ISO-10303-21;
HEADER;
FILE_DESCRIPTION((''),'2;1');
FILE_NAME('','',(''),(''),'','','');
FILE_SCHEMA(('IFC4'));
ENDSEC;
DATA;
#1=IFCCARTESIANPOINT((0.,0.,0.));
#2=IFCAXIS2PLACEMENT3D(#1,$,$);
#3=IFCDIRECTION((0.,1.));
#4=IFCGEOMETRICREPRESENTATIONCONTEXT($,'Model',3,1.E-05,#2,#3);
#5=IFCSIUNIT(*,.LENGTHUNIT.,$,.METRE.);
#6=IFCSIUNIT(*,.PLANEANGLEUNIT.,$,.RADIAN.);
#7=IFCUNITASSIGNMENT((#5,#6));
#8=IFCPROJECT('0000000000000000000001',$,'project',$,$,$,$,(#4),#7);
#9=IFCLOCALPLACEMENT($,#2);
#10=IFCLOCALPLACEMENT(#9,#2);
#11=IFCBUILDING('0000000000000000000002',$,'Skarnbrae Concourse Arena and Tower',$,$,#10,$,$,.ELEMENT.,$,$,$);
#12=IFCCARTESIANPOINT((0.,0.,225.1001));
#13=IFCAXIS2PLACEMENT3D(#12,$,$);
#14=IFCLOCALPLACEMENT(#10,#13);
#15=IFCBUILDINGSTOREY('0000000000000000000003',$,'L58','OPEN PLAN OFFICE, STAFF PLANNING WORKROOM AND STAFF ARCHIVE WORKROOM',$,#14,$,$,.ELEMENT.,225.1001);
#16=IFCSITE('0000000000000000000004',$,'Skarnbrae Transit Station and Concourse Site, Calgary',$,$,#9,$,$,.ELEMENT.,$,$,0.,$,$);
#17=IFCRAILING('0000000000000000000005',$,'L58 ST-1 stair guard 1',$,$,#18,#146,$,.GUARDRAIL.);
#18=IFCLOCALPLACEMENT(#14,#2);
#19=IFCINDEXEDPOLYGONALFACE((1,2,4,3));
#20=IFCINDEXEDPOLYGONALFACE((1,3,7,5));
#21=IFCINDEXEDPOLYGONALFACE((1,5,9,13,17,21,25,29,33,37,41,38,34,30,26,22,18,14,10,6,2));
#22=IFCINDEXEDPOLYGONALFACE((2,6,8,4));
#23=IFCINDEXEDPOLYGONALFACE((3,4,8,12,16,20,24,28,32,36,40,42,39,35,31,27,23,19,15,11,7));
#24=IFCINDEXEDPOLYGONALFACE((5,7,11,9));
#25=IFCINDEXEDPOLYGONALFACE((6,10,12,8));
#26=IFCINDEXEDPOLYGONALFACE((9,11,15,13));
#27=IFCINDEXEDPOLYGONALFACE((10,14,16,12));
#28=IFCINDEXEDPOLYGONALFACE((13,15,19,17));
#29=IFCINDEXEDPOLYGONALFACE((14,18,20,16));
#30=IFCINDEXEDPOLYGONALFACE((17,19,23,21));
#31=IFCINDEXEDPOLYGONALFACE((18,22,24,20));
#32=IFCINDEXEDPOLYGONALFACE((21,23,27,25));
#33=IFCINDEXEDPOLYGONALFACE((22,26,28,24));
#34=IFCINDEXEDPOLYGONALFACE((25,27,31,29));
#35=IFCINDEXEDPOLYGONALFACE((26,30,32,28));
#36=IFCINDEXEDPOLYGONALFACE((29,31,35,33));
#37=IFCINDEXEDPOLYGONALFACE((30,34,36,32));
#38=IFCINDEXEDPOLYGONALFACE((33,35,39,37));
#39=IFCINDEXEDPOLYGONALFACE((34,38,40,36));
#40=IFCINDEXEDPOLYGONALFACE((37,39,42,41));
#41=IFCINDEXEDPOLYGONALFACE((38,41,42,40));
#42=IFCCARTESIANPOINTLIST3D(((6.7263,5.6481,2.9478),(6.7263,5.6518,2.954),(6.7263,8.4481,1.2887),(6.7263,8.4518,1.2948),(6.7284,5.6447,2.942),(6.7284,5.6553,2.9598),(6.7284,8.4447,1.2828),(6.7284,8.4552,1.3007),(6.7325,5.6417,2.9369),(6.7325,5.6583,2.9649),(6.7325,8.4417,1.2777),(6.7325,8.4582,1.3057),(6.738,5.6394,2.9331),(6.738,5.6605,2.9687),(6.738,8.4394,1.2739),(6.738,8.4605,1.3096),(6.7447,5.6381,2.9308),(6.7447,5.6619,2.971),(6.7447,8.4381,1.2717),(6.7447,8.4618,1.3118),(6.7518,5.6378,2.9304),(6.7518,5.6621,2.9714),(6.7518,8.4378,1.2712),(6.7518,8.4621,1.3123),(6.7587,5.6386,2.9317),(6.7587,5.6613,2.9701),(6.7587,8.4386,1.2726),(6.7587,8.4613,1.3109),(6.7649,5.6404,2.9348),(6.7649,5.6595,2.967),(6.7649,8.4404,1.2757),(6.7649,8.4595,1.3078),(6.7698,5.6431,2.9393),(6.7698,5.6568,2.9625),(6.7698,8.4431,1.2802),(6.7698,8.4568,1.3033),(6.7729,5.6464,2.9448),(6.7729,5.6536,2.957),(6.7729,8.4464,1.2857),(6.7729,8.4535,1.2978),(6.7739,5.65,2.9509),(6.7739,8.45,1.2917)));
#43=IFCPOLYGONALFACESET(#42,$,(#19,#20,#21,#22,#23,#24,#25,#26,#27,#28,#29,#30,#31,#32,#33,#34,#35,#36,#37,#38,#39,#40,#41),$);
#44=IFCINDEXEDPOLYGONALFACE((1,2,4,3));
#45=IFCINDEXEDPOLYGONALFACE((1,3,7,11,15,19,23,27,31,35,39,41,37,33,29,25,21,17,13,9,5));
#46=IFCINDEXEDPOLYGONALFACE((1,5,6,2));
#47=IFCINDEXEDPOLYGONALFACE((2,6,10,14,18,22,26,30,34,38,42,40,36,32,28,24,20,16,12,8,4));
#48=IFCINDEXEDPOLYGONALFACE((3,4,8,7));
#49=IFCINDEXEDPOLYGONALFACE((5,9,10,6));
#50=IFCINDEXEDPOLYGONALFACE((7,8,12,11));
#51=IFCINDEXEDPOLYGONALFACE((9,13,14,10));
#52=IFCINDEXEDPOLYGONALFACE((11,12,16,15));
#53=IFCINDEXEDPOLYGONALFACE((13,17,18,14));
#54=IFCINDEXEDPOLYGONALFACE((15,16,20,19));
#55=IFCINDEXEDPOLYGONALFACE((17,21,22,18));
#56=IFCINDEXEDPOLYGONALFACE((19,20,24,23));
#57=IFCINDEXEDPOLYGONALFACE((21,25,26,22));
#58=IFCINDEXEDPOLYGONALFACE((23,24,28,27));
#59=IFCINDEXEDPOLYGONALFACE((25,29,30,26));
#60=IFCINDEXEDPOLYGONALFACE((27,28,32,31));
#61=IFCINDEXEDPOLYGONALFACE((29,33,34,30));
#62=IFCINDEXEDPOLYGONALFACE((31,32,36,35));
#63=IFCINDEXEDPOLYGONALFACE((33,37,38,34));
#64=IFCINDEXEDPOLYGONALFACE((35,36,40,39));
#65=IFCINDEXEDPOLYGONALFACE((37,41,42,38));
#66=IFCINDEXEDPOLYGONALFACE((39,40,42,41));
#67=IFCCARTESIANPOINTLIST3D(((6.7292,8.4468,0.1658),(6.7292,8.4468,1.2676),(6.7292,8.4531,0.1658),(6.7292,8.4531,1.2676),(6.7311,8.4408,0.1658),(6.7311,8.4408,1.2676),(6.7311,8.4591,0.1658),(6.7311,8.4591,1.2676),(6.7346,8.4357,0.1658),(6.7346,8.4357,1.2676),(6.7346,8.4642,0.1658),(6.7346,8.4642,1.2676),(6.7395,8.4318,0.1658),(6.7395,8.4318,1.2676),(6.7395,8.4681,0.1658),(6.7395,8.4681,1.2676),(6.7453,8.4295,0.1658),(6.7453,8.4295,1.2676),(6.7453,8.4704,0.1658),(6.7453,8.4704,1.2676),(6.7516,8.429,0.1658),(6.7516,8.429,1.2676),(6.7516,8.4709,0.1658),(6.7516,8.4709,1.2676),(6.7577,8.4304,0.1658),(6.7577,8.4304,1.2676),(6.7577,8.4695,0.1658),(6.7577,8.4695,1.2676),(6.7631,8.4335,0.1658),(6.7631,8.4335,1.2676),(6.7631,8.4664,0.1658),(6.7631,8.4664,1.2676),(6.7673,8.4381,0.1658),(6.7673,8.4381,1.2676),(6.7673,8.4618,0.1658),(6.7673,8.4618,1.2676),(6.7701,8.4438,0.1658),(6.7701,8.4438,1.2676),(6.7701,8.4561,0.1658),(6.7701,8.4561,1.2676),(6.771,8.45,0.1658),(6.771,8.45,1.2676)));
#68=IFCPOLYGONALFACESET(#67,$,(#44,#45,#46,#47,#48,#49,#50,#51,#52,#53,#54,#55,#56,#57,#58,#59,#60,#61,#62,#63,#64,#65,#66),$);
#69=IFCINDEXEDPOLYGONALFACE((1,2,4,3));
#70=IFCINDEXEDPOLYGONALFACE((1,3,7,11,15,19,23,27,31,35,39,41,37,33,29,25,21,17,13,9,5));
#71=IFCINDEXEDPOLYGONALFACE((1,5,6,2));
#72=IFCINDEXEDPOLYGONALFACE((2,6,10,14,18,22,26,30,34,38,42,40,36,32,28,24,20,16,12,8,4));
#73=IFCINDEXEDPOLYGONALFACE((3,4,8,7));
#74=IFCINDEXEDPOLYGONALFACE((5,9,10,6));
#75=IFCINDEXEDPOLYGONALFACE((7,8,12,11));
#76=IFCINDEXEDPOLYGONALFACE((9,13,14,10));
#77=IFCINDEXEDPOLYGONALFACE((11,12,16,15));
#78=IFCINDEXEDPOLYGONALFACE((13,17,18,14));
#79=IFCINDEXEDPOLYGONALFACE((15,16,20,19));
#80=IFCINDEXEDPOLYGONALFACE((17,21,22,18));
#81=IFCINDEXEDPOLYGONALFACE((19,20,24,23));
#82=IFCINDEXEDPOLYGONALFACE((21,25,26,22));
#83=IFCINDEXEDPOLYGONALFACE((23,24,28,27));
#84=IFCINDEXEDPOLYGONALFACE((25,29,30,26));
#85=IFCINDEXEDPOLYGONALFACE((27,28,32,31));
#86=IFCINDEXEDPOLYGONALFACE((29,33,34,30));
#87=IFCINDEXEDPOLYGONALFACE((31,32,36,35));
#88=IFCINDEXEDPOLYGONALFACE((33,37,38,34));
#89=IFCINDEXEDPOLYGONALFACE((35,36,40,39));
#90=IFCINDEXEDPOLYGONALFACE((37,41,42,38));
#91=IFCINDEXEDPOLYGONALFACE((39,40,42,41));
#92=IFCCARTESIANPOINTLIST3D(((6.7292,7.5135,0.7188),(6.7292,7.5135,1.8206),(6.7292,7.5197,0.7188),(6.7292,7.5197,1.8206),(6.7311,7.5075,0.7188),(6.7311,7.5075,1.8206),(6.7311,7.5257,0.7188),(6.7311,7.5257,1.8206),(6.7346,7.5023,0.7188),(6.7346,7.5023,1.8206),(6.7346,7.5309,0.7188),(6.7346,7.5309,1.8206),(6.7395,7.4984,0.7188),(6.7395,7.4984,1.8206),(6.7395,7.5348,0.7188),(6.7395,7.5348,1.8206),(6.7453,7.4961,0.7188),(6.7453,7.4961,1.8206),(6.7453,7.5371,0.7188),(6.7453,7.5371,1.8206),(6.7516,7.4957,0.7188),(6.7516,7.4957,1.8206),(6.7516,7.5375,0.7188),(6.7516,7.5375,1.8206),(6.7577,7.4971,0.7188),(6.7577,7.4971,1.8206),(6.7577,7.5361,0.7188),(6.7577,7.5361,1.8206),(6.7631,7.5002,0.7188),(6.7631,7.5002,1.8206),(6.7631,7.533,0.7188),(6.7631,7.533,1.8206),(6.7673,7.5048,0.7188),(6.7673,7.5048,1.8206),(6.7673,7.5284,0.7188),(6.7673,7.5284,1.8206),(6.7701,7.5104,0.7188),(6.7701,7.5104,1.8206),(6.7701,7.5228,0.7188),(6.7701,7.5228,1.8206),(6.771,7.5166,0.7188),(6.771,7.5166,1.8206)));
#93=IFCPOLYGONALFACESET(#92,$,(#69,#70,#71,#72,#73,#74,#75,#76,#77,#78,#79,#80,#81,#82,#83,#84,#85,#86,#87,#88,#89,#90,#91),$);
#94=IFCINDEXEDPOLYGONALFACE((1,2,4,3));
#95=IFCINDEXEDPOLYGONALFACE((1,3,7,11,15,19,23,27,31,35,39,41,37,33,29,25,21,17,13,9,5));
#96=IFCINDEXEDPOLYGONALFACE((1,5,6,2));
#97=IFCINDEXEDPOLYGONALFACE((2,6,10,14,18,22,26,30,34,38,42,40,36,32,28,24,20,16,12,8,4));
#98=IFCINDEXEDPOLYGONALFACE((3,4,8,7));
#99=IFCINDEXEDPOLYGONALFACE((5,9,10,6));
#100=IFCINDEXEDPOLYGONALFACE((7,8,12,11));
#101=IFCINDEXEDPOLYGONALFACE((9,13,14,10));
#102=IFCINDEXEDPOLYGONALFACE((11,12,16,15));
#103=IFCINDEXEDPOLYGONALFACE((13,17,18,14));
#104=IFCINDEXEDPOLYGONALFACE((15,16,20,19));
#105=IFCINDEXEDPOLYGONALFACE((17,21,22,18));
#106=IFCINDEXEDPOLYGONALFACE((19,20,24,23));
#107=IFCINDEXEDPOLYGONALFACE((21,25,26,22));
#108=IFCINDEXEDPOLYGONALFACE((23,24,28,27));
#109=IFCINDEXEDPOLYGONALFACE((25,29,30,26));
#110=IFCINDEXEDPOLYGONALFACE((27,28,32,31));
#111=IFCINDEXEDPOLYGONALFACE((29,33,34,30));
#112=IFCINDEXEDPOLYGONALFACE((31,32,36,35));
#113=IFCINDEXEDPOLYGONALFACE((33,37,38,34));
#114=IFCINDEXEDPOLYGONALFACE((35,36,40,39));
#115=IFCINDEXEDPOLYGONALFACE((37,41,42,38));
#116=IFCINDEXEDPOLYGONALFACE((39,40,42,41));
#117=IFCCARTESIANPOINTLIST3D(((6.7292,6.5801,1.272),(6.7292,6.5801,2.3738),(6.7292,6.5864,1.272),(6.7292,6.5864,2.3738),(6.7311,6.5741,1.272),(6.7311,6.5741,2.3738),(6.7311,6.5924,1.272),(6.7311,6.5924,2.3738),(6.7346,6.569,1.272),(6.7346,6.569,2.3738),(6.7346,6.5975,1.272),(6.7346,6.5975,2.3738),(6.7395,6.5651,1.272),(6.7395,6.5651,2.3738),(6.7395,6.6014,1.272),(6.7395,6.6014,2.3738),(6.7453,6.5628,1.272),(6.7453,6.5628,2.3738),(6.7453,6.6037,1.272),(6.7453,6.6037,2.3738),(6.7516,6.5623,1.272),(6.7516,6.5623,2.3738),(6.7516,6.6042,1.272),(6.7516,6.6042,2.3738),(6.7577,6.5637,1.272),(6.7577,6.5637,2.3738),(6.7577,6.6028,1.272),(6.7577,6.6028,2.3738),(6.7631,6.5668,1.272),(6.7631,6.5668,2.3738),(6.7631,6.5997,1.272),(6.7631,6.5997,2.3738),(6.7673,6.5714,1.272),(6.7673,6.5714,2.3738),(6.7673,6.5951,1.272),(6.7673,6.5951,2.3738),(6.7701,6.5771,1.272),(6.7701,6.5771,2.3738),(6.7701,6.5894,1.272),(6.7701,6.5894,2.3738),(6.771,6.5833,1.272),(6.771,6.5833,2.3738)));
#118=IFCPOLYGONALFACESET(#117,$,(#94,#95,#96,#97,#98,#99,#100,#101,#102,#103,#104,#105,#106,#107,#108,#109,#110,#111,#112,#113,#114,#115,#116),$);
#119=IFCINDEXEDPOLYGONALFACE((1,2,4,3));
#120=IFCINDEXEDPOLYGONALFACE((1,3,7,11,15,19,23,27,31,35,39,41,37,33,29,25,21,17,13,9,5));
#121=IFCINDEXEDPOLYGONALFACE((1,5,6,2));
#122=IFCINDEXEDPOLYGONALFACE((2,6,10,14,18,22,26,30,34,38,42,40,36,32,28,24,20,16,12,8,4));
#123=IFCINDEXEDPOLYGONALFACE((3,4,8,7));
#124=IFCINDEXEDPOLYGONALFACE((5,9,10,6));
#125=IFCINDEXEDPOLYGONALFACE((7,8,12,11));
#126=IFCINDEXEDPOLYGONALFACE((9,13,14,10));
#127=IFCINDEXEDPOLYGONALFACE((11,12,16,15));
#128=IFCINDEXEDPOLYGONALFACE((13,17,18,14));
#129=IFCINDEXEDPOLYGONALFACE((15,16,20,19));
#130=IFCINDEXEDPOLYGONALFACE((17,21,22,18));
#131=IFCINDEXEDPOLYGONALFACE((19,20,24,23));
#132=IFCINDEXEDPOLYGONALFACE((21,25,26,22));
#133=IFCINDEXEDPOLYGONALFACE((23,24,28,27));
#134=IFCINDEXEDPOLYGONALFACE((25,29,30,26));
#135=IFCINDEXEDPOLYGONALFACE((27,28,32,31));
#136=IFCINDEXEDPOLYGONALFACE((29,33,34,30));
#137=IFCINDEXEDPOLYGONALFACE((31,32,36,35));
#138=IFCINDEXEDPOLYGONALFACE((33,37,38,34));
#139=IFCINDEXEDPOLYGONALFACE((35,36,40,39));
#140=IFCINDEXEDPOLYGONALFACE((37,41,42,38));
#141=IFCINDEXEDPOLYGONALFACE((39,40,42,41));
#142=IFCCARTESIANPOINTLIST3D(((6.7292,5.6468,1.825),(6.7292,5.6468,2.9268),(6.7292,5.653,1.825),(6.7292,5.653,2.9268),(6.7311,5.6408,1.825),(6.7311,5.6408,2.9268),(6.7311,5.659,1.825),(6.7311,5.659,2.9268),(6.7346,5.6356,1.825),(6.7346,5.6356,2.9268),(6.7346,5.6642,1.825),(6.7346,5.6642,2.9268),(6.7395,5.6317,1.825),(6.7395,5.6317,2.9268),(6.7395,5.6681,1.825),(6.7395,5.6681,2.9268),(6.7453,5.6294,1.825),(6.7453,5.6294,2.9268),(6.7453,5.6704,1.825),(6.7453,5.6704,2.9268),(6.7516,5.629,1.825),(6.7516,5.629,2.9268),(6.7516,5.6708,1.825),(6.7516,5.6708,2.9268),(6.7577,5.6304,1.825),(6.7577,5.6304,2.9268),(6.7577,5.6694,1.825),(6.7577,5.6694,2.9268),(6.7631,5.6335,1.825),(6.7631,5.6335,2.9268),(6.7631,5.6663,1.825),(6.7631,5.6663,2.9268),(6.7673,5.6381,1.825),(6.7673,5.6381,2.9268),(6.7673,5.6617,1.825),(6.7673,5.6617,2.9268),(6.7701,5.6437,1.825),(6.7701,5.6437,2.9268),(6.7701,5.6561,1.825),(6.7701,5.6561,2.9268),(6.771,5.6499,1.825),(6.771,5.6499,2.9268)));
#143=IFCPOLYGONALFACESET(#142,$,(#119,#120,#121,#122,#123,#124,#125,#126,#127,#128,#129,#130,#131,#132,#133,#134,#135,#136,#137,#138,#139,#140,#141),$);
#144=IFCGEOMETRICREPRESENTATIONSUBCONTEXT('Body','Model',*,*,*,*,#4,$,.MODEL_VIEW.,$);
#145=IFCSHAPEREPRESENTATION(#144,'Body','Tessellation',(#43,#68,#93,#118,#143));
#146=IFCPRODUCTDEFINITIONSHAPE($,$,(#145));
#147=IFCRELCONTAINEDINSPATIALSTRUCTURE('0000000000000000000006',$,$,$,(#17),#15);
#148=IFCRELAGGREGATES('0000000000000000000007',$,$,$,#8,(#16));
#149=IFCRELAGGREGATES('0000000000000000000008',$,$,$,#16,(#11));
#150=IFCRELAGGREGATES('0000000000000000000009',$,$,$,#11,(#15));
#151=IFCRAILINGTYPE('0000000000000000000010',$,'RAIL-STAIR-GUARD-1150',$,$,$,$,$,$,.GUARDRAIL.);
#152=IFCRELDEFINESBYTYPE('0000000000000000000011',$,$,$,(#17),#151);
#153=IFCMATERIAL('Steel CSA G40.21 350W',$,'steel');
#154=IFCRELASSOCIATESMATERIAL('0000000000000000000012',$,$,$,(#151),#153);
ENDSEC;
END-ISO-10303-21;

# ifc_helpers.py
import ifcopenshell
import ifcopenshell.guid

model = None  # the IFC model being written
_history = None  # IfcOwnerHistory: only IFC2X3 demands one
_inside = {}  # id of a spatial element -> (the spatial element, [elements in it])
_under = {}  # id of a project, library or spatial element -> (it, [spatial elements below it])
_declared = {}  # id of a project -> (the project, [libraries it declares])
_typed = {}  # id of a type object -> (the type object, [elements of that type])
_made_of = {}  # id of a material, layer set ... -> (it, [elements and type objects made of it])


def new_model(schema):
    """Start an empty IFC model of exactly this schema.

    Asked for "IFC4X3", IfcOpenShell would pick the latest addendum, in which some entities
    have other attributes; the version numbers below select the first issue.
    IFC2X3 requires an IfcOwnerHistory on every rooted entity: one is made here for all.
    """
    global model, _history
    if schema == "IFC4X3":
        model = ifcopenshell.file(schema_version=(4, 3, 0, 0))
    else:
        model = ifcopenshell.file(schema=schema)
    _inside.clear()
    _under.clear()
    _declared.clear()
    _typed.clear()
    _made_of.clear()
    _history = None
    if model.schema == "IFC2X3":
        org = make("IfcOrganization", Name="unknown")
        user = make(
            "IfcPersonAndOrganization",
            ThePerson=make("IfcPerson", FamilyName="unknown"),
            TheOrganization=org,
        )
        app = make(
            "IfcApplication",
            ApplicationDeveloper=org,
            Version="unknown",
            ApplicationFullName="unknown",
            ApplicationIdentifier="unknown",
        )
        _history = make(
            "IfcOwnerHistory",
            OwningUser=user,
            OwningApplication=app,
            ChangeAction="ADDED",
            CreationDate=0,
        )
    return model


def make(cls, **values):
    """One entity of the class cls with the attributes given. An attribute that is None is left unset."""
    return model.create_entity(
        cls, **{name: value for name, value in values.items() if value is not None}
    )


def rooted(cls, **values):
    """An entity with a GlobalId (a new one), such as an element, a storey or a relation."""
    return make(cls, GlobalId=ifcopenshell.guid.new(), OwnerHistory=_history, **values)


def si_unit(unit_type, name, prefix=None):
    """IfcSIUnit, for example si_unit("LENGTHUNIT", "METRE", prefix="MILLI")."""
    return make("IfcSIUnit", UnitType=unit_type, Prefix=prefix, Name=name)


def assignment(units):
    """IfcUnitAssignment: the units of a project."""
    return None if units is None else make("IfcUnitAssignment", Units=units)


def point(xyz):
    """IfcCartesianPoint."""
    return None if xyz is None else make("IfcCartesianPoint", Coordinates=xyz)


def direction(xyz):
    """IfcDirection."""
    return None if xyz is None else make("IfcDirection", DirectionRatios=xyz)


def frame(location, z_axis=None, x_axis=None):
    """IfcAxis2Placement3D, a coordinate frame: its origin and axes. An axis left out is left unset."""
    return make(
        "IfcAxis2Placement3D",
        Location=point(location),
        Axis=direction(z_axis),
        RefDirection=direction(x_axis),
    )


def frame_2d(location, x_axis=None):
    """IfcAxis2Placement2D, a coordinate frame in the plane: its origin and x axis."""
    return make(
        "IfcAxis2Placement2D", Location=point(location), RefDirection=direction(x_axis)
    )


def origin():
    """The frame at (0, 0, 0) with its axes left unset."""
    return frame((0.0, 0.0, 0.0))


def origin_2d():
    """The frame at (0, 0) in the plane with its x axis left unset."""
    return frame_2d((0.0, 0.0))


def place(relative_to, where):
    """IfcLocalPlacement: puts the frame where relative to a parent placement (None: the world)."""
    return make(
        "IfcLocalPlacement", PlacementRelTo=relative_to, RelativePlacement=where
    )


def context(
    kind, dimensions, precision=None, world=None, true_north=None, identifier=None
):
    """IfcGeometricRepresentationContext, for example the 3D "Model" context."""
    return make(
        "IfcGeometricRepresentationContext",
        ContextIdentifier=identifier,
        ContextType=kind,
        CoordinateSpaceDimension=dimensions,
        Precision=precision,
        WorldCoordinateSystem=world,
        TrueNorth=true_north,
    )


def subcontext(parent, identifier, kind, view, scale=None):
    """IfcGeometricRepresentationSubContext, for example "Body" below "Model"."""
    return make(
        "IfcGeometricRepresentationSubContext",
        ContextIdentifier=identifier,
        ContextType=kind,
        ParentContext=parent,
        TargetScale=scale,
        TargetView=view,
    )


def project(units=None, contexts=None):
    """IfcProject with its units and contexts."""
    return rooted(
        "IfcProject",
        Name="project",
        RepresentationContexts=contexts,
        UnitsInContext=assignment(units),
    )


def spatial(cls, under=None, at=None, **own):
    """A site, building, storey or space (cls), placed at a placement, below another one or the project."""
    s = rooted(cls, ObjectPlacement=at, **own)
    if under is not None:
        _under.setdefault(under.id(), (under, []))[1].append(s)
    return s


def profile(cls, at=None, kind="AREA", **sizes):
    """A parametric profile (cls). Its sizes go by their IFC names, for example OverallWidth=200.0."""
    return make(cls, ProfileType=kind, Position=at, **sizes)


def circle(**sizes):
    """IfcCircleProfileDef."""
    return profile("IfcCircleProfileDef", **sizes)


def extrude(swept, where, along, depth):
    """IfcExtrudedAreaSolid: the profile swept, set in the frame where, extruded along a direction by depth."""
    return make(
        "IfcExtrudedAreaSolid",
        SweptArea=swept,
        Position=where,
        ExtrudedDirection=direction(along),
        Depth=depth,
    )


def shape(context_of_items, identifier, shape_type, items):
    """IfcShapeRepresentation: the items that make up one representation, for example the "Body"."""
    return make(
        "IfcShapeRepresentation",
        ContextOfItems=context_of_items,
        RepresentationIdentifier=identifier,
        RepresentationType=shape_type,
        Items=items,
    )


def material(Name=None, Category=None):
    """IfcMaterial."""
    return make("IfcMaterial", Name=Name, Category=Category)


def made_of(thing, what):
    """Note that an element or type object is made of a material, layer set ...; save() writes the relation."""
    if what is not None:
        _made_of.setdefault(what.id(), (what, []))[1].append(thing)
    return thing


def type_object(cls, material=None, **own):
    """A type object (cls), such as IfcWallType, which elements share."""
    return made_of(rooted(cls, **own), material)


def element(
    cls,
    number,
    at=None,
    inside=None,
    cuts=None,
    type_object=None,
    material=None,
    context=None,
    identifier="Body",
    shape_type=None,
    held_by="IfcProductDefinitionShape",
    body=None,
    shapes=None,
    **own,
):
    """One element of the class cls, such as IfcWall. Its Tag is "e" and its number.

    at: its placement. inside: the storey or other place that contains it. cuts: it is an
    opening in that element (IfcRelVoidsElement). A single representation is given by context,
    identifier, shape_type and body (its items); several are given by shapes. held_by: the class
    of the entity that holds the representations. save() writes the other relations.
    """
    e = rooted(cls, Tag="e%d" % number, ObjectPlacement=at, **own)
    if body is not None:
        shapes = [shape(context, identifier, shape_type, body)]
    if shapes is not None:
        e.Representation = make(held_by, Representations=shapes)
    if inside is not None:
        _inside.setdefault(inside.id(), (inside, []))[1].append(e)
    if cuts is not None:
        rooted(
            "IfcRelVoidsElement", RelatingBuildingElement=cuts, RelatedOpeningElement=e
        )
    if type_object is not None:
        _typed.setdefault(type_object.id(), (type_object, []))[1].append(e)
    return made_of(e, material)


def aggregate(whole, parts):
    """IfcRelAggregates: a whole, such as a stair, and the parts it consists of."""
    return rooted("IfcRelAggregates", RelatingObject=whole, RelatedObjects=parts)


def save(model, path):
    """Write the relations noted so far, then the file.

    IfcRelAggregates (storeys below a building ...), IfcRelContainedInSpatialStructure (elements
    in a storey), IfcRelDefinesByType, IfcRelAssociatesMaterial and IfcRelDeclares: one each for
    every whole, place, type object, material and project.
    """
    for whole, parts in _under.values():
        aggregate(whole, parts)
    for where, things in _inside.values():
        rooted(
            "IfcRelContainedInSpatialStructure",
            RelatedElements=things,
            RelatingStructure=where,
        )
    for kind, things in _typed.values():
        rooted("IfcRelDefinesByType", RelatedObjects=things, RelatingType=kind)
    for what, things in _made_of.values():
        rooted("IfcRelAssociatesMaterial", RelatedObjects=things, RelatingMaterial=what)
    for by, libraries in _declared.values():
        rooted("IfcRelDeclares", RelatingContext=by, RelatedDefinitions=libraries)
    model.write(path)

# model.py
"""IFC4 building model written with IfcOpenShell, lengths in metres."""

from ifc_helpers import new_model, si_unit, direction, frame, origin, origin_2d, place, context, subcontext, project, spatial, circle, extrude, material, type_object, element, save


model = new_model("IFC4")

# Units and contexts
model_context = context("Model", 3, precision=1e-05, world=origin(), true_north=direction((0.0, 1.0)))
body_context = subcontext(model_context, "Body", "Model", "MODEL_VIEW")
ifc_project = project(units=[si_unit("LENGTHUNIT", "METRE"), si_unit("PLANEANGLEUNIT", "RADIAN")], contexts=[model_context])

# Site, building, storey
site_placement = place(None, origin())
site = spatial("IfcSite", under=ifc_project, at=site_placement, Name="Skarnbrae Transit Station and Concourse Site, Calgary", CompositionType="ELEMENT", RefElevation=0.0)
building_placement = place(site_placement, origin())
building = spatial("IfcBuilding", under=site, at=building_placement, Name="Skarnbrae Concourse Arena and Tower", CompositionType="ELEMENT")
storey_placement = place(building_placement, frame((0.0, 0.0, 225.1001)))
storey = spatial("IfcBuildingStorey", under=building, at=storey_placement, Name="L58", Description="OPEN PLAN OFFICE, STAFF PLANNING WORKROOM AND STAFF ARCHIVE WORKROOM", CompositionType="ELEMENT", Elevation=225.1001)

# Shared definitions
ifc_material_1 = material(Name="Steel CSA G40.21 350W", Category="steel")

# Railing
railing_type_1 = type_object("IfcRailingType", Name="RAIL-STAIR-GUARD-1150", PredefinedType="GUARDRAIL", material=ifc_material_1)
railing_1_placement = place(storey_placement, frame((6.75, 8.45, 0.1658)))
element("IfcRailing", 1, at=railing_1_placement, inside=storey, type_object=railing_type_1, Name="L58 ST-1 stair guard 1", PredefinedType="GUARDRAIL", context=body_context, shape_type="SweptSolid", body=[
    extrude(circle(Radius=0.0239, at=origin_2d()), frame((0.0, 0.0, 1.126), z_axis=(0.0, -0.860306, 0.509778), x_axis=(1.0, 0.0, 0.0)), (0.0, 0.0, 1.0), 3.2546),
    extrude(circle(Radius=0.021, at=origin_2d()), origin(), (0.0, 0.0, 1.0), 1.1018),
    extrude(circle(Radius=0.021, at=origin_2d()), frame((0.0, -0.9333, 0.553)), (0.0, 0.0, 1.0), 1.1018),
    extrude(circle(Radius=0.021, at=origin_2d()), frame((0.0, -1.8667, 1.1062)), (0.0, 0.0, 1.0), 1.1018),
    extrude(circle(Radius=0.021, at=origin_2d()), frame((0.0, -2.8, 1.6592)), (0.0, 0.0, 1.0), 1.1018),
])

save(model, "model.ifc")
